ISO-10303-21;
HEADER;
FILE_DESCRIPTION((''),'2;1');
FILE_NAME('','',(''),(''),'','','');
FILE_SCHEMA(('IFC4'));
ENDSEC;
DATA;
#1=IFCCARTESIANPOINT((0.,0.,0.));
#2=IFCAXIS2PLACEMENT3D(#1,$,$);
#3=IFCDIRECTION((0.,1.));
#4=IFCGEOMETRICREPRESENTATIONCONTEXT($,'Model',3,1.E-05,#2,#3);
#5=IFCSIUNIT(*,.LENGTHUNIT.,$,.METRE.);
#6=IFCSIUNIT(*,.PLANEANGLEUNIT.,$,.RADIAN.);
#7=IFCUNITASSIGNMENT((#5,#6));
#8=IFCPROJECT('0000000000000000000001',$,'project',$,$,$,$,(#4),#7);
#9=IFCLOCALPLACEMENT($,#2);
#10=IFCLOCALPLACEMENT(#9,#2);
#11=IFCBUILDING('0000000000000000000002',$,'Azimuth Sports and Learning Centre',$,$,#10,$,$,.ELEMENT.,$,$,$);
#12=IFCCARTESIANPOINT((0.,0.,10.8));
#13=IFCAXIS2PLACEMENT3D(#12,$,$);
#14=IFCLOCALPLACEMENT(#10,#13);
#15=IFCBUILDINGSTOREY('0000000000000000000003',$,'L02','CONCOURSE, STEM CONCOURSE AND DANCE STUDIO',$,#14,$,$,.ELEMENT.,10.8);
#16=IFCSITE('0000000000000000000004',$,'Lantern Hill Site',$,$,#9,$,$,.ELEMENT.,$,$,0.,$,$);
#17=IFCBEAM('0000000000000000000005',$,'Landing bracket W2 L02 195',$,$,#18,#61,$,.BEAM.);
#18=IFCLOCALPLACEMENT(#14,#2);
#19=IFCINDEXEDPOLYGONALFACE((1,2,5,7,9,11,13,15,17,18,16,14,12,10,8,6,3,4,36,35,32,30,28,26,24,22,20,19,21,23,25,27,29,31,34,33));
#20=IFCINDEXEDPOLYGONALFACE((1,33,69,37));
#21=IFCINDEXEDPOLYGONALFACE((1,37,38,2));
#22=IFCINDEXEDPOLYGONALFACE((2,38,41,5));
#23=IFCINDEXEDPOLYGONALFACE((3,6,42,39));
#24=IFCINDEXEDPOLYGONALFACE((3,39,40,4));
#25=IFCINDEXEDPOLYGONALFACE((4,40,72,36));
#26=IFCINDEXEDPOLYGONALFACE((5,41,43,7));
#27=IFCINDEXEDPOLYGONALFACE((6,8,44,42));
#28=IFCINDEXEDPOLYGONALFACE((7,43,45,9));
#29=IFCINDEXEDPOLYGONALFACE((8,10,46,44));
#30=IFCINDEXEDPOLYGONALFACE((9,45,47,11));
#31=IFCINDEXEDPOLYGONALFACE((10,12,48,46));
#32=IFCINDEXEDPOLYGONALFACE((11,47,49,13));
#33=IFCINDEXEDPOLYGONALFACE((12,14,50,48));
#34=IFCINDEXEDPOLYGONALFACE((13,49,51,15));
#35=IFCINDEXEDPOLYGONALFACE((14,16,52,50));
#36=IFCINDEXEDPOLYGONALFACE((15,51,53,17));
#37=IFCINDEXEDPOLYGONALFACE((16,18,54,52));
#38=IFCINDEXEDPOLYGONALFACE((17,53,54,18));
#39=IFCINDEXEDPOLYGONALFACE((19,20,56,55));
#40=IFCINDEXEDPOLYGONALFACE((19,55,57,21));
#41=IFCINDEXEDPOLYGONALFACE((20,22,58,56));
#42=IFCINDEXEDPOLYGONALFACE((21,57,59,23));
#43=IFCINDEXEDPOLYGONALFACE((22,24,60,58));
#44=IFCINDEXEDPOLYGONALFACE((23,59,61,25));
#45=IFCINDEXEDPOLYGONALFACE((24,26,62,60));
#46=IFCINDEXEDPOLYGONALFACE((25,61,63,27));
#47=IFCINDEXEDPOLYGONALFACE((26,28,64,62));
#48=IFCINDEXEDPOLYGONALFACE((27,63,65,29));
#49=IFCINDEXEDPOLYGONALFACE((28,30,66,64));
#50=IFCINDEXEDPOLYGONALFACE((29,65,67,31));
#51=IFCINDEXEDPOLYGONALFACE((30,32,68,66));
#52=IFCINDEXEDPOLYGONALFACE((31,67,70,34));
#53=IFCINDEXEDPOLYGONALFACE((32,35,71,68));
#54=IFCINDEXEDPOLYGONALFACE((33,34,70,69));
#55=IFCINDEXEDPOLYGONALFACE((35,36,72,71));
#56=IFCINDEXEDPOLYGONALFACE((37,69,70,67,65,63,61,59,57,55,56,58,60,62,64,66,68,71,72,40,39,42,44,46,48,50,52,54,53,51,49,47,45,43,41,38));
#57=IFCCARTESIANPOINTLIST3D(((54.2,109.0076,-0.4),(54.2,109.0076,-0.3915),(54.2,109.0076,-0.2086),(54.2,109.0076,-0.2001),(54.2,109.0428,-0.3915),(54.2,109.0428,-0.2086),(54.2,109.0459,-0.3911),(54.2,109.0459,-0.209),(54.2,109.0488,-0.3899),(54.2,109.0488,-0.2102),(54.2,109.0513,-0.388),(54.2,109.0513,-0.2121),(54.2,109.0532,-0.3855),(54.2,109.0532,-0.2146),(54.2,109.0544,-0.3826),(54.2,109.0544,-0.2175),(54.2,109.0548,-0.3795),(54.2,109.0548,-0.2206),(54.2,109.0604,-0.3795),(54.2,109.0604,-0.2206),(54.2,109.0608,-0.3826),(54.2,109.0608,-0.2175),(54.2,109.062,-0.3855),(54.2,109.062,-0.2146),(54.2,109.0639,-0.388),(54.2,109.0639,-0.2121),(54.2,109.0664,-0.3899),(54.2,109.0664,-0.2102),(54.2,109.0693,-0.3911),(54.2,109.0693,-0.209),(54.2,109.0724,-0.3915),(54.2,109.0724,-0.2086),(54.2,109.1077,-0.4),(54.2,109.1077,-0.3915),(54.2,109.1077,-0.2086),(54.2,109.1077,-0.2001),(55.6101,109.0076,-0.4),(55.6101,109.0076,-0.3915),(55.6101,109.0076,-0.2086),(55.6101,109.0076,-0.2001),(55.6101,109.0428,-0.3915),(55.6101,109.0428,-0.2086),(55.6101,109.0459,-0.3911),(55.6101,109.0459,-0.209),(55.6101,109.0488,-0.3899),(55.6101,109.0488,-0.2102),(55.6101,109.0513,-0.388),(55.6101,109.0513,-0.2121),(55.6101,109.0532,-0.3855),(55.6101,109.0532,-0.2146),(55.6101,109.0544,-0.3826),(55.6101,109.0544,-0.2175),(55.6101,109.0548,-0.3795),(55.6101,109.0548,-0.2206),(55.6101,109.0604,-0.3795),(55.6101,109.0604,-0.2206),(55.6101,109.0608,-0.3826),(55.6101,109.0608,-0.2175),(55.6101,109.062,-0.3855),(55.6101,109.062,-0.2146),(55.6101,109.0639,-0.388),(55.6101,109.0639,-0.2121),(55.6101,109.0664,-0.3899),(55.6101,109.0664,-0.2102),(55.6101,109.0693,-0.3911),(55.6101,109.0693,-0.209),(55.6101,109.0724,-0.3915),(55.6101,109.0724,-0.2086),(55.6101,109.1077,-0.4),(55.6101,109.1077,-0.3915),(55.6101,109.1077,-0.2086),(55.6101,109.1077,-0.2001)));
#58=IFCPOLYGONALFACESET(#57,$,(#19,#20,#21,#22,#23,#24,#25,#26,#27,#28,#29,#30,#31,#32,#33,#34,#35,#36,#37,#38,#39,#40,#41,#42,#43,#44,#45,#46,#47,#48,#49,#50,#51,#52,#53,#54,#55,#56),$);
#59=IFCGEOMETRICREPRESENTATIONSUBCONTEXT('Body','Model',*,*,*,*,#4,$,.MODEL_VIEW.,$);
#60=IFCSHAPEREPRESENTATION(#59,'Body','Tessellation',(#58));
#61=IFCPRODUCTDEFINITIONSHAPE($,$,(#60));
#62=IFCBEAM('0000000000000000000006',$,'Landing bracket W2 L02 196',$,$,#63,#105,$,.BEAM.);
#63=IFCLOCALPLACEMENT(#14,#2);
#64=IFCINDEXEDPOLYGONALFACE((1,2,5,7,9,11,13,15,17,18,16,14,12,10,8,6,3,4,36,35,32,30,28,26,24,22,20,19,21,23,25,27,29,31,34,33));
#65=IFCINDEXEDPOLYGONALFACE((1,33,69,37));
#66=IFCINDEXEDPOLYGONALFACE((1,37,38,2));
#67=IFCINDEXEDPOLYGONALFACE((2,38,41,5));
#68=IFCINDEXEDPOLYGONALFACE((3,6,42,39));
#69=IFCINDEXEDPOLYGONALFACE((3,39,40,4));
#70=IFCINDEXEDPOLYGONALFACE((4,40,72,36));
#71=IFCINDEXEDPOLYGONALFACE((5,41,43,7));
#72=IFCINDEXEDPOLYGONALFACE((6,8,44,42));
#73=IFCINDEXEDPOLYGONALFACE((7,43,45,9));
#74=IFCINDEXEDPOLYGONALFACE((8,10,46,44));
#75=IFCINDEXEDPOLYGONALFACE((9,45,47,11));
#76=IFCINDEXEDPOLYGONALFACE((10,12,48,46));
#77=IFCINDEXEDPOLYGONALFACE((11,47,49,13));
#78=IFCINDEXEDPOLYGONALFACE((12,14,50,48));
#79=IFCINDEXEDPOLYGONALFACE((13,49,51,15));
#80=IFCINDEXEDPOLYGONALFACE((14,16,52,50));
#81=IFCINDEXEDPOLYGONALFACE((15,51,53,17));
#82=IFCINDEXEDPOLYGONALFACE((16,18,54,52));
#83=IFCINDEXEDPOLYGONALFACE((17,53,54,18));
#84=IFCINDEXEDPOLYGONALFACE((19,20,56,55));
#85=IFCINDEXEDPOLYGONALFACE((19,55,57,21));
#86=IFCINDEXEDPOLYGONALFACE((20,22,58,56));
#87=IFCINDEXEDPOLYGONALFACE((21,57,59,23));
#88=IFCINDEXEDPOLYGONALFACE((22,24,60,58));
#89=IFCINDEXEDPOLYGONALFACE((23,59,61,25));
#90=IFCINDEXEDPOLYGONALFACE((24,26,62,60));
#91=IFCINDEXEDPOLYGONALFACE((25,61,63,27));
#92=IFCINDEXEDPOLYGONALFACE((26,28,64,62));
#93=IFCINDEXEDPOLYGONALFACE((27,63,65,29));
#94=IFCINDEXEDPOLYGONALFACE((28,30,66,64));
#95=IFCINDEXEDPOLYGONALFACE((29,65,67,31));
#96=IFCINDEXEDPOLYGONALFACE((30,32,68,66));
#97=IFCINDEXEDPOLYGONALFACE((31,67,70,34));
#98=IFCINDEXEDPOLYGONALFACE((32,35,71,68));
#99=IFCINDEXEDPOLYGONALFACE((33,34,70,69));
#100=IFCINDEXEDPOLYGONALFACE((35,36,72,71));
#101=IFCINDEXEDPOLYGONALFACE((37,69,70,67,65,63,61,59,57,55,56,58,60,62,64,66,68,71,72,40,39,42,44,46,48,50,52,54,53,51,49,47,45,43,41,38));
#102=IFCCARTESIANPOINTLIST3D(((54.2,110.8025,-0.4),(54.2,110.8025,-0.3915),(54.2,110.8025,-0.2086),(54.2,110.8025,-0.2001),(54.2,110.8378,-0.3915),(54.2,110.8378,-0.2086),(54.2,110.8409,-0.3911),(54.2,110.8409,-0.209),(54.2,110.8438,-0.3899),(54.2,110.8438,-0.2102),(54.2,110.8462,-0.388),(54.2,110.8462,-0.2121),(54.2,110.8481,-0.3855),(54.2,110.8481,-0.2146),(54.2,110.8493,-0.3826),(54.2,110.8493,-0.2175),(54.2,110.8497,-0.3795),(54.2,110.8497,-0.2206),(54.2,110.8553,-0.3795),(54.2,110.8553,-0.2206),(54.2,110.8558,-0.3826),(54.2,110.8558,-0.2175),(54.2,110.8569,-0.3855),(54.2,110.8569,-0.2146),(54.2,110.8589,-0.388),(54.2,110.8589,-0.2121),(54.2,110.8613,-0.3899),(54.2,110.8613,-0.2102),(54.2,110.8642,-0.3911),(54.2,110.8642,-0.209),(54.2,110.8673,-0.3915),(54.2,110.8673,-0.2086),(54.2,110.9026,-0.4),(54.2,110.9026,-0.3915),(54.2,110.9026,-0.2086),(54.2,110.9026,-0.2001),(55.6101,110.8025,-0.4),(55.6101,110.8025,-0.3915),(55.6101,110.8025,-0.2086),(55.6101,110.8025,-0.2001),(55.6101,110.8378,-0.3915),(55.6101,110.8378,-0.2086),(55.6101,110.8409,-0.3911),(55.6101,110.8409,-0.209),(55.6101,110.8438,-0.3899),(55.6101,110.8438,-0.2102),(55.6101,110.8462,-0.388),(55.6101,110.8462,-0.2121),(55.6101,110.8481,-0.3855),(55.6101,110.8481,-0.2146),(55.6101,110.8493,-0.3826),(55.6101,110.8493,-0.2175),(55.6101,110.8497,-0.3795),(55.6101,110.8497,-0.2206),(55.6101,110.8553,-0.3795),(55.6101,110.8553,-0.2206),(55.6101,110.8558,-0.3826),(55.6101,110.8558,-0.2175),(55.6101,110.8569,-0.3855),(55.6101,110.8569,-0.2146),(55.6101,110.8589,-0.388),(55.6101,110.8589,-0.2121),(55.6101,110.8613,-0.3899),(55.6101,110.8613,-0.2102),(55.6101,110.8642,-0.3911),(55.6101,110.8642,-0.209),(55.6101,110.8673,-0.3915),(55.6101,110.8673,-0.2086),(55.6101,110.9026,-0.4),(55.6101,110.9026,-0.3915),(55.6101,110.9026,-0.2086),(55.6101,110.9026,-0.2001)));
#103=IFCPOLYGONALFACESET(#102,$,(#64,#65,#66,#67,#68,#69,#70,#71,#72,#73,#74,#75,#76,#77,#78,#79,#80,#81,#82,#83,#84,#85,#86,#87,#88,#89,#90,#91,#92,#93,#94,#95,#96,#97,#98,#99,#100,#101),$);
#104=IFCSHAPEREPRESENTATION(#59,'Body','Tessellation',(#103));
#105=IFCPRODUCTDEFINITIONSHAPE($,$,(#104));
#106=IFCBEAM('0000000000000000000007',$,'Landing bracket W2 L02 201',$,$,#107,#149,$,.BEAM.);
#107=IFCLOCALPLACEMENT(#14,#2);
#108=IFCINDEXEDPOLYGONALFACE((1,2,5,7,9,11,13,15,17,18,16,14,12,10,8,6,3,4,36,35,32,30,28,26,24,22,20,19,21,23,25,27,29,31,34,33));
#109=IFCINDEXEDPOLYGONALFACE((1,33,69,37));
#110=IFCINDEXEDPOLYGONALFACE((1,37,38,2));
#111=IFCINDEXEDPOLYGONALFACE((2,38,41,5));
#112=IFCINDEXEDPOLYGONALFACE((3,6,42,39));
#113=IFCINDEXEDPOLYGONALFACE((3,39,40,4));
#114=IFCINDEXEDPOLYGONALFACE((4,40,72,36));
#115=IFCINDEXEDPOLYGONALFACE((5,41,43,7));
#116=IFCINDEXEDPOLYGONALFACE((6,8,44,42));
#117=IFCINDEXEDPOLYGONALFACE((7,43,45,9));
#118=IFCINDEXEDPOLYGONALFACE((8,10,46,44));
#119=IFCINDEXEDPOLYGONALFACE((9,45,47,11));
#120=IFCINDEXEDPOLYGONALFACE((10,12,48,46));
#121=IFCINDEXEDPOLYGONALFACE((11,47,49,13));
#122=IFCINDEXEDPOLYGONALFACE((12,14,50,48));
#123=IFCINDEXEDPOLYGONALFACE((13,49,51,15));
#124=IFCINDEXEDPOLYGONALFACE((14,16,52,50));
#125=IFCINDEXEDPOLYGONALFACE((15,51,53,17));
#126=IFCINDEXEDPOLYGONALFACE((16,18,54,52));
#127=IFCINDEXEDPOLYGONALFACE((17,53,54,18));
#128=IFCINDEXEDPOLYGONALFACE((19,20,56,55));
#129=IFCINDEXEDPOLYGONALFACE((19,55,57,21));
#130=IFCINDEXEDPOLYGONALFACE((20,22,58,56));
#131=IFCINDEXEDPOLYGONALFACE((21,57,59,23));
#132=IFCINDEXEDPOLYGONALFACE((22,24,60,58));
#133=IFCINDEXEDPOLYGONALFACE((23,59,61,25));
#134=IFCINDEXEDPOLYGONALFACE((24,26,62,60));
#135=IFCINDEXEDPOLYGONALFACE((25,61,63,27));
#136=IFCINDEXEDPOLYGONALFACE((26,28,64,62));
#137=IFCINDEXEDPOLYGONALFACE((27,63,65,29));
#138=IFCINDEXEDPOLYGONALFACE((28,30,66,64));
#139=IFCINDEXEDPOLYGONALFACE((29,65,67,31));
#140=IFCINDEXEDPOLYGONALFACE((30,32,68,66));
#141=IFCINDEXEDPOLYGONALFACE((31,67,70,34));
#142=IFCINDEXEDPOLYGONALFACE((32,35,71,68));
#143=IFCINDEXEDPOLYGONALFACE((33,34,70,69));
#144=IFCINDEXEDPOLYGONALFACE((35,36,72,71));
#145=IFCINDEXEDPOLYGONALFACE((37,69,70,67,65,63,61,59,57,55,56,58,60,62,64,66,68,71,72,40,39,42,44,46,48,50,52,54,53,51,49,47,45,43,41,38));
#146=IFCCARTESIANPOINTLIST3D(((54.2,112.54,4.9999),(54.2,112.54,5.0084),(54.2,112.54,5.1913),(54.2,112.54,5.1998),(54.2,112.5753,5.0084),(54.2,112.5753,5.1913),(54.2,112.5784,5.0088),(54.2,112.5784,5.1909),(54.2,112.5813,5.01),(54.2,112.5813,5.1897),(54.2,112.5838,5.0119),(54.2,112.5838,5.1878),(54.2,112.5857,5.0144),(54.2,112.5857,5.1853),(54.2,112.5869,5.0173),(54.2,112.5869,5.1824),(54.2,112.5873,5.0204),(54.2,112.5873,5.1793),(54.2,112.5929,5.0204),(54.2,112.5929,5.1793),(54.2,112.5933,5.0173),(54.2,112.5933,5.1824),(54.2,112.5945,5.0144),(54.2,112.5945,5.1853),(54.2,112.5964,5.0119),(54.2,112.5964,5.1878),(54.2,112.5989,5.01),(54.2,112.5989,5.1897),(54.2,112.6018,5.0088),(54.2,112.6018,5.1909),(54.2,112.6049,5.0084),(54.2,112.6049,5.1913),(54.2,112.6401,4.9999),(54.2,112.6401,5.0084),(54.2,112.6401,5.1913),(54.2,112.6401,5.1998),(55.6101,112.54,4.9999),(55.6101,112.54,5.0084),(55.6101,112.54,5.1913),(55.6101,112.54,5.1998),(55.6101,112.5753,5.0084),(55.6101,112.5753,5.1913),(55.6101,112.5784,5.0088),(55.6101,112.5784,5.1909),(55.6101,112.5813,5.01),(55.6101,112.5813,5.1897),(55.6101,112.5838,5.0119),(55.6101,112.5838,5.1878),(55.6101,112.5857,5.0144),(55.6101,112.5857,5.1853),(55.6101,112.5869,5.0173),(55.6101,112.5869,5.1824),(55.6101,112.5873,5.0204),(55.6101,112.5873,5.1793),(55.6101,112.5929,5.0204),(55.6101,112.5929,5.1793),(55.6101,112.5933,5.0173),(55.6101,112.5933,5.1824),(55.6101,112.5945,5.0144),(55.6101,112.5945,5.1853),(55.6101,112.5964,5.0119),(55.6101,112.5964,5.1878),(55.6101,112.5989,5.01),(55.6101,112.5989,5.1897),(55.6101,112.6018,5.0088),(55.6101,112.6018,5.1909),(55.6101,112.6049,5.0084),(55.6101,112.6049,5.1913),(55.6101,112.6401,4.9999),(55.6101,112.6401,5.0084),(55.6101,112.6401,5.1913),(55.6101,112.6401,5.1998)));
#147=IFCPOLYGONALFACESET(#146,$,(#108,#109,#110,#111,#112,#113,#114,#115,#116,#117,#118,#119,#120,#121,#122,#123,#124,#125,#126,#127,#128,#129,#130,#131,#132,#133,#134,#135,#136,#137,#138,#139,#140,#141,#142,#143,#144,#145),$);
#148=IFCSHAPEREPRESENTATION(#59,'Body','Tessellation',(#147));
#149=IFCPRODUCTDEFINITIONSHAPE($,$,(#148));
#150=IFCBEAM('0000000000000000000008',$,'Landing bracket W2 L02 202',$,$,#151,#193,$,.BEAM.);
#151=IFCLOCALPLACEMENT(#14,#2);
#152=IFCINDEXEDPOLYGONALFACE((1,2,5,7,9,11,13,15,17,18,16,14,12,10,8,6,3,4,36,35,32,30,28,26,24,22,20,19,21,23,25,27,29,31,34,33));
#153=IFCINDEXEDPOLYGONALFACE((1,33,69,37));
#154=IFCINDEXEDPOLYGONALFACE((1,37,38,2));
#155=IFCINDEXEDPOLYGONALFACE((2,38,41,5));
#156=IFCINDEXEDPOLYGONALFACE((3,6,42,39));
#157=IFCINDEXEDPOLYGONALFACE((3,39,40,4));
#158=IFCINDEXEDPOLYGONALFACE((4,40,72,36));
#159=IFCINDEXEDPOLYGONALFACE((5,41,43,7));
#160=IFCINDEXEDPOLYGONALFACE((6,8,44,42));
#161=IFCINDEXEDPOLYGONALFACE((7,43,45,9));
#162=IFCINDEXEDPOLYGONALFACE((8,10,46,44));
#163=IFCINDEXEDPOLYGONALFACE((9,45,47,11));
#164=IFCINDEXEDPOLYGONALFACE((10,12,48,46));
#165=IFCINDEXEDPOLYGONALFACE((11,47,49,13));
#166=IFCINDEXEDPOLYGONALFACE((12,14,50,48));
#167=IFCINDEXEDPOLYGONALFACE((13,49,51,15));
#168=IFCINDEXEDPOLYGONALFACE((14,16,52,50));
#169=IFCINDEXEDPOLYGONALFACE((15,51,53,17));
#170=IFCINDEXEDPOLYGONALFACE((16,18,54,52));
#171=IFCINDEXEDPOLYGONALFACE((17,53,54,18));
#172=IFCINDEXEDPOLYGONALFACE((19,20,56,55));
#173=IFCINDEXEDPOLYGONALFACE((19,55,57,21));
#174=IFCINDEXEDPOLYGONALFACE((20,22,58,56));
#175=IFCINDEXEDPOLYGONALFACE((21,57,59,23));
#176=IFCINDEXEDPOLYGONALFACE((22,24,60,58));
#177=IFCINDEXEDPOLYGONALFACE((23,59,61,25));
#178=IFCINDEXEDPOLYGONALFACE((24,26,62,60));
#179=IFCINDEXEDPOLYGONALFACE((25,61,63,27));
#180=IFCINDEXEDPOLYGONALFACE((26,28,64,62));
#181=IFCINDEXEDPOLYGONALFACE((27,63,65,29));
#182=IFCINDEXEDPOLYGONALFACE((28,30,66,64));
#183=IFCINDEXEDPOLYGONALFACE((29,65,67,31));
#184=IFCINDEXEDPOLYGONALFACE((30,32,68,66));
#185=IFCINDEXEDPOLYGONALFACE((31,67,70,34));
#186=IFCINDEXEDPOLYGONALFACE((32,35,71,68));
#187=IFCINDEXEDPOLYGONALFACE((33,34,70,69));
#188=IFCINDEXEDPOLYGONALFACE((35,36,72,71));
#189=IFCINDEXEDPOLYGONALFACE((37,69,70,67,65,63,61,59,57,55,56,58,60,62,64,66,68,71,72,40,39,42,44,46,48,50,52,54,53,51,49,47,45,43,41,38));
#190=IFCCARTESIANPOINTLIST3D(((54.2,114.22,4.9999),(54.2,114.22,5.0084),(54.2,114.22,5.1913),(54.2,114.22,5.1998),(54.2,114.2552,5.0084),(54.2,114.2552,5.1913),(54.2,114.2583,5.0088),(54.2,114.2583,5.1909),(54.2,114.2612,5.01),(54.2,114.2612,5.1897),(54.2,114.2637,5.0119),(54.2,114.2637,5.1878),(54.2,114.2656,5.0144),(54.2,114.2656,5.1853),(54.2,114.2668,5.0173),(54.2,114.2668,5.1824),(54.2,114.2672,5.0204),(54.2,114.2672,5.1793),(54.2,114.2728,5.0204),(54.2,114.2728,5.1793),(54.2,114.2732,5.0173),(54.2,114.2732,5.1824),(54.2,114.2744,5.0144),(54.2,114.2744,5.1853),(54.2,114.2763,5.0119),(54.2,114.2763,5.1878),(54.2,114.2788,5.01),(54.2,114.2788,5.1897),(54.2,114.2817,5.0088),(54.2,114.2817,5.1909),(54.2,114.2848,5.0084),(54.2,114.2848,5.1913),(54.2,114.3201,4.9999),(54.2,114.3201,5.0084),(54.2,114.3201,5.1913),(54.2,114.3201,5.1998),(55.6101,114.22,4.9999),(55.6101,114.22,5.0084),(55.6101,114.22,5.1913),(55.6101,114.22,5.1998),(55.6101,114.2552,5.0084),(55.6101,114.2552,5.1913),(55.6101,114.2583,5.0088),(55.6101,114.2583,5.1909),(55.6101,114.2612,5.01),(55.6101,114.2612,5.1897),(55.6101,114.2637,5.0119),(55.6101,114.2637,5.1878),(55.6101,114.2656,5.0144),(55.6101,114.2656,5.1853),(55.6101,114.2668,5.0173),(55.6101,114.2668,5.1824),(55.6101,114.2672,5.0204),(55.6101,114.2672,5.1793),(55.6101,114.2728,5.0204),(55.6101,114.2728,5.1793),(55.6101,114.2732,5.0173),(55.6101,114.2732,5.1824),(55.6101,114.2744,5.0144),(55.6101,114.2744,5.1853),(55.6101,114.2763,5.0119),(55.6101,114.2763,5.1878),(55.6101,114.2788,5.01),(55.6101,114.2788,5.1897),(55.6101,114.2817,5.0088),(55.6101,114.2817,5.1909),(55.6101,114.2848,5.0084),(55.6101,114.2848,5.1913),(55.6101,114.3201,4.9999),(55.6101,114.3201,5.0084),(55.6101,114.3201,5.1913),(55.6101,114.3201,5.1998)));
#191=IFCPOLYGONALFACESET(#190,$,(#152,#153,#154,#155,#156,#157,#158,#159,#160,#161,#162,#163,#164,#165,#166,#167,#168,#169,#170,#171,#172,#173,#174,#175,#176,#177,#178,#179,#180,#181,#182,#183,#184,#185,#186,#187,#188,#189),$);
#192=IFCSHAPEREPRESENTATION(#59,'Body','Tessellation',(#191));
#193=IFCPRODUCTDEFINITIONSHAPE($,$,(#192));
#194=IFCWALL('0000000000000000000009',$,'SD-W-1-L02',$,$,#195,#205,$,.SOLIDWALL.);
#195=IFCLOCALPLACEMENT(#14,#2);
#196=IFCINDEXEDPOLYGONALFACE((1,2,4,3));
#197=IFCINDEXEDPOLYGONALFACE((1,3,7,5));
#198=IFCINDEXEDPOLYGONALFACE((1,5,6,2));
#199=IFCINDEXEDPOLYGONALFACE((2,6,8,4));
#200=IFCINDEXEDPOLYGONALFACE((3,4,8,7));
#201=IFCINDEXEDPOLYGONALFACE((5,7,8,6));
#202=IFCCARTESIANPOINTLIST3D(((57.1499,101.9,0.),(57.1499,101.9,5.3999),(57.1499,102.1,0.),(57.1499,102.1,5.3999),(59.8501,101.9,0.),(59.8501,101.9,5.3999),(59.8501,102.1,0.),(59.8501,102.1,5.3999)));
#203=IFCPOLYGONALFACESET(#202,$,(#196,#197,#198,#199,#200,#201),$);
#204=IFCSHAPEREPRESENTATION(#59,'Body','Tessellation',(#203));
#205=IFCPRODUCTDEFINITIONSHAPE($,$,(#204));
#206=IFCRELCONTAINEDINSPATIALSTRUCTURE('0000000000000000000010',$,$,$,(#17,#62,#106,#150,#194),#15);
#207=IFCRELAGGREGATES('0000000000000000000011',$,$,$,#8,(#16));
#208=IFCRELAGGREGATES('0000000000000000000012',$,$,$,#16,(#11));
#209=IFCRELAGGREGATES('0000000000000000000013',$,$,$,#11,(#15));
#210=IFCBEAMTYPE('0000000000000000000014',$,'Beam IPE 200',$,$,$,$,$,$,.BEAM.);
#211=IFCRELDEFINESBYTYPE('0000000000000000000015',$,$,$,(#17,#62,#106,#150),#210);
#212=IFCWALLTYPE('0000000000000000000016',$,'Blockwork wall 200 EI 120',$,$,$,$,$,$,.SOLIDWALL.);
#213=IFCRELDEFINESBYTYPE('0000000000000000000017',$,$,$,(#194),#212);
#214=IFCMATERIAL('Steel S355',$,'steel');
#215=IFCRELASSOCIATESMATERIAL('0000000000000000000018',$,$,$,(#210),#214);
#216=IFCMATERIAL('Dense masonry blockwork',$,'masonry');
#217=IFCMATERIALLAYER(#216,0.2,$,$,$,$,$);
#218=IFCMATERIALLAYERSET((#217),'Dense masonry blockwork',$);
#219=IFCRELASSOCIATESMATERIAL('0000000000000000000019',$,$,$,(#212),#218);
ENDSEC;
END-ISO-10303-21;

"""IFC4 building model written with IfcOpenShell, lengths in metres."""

from ifc_helpers import new_model, si_unit, direction, frame, frame_2d, origin, origin_2d, place, context, subcontext, project, spatial, rectangle, i_section, extrude, material, layer, layer_set, material_profile, profile_set, type_object, element, save


model = new_model("IFC4")

# Units and contexts
model_context = context("Model", 3, precision=1e-05, world=origin(), true_north=direction((0.0, 1.0)))
body_context = subcontext(model_context, "Body", "Model", "MODEL_VIEW")
ifc_project = project(units=[si_unit("LENGTHUNIT", "METRE"), si_unit("PLANEANGLEUNIT", "RADIAN")], contexts=[model_context])

# Site, building, storey
site_placement = place(None, origin())
site = spatial("IfcSite", under=ifc_project, at=site_placement, Name="Lantern Hill Site", CompositionType="ELEMENT", RefElevation=0.0)
building_placement = place(site_placement, origin())
building = spatial("IfcBuilding", under=site, at=building_placement, Name="Azimuth Sports and Learning Centre", CompositionType="ELEMENT")
storey_placement = place(building_placement, frame((0.0, 0.0, 10.8)))
storey = spatial("IfcBuildingStorey", under=building, at=storey_placement, Name="L02", Description="CONCOURSE, STEM CONCOURSE AND DANCE STUDIO", CompositionType="ELEMENT", Elevation=10.8)

# Beams
ifc_material_1 = material(Name="Steel S355", Category="steel")
ifc_material_profile = material_profile(ifc_material_1, i_section(OverallWidth=0.1001, OverallDepth=0.2, WebThickness=0.0056, FlangeThickness=0.0085, FilletRadius=0.012, at=origin_2d()), Name="IPE 200")
ifc_profile_set = profile_set([ifc_material_profile], Name="Steel S355")
beam_type = type_object("IfcBeamType", Name="Beam IPE 200", PredefinedType="BEAM", material=ifc_profile_set)
for number, where, z_axis, x_axis, name in (
    (1, (54.2, 109.0576, -0.3), (1.0, 0.0, 0.0), (0.0, 1.0, 0.0), "Landing bracket W2 L02 195"),
    (2, (54.2, 110.8525, -0.3), (1.0, 0.0, 0.0), (0.0, 1.0, 0.0), "Landing bracket W2 L02 196"),
    (3, (54.2, 112.5901, 5.0999), (1.0, 0.0, 0.0), (0.0, 1.0, 0.0), "Landing bracket W2 L02 201"),
    (4, (54.2, 114.27, 5.0999), (1.0, 0.0, 0.0), (0.0, 1.0, 0.0), "Landing bracket W2 L02 202"),
):
    element("IfcBeam", number, at=place(storey_placement, frame(where, z_axis=z_axis, x_axis=x_axis)), inside=storey, type_object=beam_type, Name=name, PredefinedType="BEAM", context=body_context, shape_type="SweptSolid", body=[
        extrude(i_section(OverallWidth=0.1001, OverallDepth=0.2, WebThickness=0.0056, FlangeThickness=0.0085, FilletRadius=0.012, at=origin_2d()), origin(), (0.0, 0.0, 1.0), 1.4102),
    ])

# Wall
ifc_material_2 = material(Name="Dense masonry blockwork", Category="masonry")
ifc_layer_1 = layer(ifc_material_2, 0.2)
ifc_layer_set_1 = layer_set([ifc_layer_1], Name="Dense masonry blockwork")
wall_type_1 = type_object("IfcWallType", Name="Blockwork wall 200 EI 120", PredefinedType="SOLIDWALL", material=ifc_layer_set_1)
for number, where, z_axis, x_axis, name in (
    (5, (57.1499, 102.0, 0.0), (0.0, 0.0, 1.0), (1.0, 0.0, 0.0), "SD-W-1-L02"),
):
    element("IfcWall", number, at=place(storey_placement, frame(where, z_axis=z_axis, x_axis=x_axis)), inside=storey, type_object=wall_type_1, Name=name, PredefinedType="SOLIDWALL", context=body_context, shape_type="SweptSolid", body=[
        extrude(rectangle(XDim=2.7002, YDim=0.2, at=frame_2d((1.3501, 0.0))), origin(), (0.0, 0.0, 1.0), 5.3999),
    ])

save(model, "model.ifc")
